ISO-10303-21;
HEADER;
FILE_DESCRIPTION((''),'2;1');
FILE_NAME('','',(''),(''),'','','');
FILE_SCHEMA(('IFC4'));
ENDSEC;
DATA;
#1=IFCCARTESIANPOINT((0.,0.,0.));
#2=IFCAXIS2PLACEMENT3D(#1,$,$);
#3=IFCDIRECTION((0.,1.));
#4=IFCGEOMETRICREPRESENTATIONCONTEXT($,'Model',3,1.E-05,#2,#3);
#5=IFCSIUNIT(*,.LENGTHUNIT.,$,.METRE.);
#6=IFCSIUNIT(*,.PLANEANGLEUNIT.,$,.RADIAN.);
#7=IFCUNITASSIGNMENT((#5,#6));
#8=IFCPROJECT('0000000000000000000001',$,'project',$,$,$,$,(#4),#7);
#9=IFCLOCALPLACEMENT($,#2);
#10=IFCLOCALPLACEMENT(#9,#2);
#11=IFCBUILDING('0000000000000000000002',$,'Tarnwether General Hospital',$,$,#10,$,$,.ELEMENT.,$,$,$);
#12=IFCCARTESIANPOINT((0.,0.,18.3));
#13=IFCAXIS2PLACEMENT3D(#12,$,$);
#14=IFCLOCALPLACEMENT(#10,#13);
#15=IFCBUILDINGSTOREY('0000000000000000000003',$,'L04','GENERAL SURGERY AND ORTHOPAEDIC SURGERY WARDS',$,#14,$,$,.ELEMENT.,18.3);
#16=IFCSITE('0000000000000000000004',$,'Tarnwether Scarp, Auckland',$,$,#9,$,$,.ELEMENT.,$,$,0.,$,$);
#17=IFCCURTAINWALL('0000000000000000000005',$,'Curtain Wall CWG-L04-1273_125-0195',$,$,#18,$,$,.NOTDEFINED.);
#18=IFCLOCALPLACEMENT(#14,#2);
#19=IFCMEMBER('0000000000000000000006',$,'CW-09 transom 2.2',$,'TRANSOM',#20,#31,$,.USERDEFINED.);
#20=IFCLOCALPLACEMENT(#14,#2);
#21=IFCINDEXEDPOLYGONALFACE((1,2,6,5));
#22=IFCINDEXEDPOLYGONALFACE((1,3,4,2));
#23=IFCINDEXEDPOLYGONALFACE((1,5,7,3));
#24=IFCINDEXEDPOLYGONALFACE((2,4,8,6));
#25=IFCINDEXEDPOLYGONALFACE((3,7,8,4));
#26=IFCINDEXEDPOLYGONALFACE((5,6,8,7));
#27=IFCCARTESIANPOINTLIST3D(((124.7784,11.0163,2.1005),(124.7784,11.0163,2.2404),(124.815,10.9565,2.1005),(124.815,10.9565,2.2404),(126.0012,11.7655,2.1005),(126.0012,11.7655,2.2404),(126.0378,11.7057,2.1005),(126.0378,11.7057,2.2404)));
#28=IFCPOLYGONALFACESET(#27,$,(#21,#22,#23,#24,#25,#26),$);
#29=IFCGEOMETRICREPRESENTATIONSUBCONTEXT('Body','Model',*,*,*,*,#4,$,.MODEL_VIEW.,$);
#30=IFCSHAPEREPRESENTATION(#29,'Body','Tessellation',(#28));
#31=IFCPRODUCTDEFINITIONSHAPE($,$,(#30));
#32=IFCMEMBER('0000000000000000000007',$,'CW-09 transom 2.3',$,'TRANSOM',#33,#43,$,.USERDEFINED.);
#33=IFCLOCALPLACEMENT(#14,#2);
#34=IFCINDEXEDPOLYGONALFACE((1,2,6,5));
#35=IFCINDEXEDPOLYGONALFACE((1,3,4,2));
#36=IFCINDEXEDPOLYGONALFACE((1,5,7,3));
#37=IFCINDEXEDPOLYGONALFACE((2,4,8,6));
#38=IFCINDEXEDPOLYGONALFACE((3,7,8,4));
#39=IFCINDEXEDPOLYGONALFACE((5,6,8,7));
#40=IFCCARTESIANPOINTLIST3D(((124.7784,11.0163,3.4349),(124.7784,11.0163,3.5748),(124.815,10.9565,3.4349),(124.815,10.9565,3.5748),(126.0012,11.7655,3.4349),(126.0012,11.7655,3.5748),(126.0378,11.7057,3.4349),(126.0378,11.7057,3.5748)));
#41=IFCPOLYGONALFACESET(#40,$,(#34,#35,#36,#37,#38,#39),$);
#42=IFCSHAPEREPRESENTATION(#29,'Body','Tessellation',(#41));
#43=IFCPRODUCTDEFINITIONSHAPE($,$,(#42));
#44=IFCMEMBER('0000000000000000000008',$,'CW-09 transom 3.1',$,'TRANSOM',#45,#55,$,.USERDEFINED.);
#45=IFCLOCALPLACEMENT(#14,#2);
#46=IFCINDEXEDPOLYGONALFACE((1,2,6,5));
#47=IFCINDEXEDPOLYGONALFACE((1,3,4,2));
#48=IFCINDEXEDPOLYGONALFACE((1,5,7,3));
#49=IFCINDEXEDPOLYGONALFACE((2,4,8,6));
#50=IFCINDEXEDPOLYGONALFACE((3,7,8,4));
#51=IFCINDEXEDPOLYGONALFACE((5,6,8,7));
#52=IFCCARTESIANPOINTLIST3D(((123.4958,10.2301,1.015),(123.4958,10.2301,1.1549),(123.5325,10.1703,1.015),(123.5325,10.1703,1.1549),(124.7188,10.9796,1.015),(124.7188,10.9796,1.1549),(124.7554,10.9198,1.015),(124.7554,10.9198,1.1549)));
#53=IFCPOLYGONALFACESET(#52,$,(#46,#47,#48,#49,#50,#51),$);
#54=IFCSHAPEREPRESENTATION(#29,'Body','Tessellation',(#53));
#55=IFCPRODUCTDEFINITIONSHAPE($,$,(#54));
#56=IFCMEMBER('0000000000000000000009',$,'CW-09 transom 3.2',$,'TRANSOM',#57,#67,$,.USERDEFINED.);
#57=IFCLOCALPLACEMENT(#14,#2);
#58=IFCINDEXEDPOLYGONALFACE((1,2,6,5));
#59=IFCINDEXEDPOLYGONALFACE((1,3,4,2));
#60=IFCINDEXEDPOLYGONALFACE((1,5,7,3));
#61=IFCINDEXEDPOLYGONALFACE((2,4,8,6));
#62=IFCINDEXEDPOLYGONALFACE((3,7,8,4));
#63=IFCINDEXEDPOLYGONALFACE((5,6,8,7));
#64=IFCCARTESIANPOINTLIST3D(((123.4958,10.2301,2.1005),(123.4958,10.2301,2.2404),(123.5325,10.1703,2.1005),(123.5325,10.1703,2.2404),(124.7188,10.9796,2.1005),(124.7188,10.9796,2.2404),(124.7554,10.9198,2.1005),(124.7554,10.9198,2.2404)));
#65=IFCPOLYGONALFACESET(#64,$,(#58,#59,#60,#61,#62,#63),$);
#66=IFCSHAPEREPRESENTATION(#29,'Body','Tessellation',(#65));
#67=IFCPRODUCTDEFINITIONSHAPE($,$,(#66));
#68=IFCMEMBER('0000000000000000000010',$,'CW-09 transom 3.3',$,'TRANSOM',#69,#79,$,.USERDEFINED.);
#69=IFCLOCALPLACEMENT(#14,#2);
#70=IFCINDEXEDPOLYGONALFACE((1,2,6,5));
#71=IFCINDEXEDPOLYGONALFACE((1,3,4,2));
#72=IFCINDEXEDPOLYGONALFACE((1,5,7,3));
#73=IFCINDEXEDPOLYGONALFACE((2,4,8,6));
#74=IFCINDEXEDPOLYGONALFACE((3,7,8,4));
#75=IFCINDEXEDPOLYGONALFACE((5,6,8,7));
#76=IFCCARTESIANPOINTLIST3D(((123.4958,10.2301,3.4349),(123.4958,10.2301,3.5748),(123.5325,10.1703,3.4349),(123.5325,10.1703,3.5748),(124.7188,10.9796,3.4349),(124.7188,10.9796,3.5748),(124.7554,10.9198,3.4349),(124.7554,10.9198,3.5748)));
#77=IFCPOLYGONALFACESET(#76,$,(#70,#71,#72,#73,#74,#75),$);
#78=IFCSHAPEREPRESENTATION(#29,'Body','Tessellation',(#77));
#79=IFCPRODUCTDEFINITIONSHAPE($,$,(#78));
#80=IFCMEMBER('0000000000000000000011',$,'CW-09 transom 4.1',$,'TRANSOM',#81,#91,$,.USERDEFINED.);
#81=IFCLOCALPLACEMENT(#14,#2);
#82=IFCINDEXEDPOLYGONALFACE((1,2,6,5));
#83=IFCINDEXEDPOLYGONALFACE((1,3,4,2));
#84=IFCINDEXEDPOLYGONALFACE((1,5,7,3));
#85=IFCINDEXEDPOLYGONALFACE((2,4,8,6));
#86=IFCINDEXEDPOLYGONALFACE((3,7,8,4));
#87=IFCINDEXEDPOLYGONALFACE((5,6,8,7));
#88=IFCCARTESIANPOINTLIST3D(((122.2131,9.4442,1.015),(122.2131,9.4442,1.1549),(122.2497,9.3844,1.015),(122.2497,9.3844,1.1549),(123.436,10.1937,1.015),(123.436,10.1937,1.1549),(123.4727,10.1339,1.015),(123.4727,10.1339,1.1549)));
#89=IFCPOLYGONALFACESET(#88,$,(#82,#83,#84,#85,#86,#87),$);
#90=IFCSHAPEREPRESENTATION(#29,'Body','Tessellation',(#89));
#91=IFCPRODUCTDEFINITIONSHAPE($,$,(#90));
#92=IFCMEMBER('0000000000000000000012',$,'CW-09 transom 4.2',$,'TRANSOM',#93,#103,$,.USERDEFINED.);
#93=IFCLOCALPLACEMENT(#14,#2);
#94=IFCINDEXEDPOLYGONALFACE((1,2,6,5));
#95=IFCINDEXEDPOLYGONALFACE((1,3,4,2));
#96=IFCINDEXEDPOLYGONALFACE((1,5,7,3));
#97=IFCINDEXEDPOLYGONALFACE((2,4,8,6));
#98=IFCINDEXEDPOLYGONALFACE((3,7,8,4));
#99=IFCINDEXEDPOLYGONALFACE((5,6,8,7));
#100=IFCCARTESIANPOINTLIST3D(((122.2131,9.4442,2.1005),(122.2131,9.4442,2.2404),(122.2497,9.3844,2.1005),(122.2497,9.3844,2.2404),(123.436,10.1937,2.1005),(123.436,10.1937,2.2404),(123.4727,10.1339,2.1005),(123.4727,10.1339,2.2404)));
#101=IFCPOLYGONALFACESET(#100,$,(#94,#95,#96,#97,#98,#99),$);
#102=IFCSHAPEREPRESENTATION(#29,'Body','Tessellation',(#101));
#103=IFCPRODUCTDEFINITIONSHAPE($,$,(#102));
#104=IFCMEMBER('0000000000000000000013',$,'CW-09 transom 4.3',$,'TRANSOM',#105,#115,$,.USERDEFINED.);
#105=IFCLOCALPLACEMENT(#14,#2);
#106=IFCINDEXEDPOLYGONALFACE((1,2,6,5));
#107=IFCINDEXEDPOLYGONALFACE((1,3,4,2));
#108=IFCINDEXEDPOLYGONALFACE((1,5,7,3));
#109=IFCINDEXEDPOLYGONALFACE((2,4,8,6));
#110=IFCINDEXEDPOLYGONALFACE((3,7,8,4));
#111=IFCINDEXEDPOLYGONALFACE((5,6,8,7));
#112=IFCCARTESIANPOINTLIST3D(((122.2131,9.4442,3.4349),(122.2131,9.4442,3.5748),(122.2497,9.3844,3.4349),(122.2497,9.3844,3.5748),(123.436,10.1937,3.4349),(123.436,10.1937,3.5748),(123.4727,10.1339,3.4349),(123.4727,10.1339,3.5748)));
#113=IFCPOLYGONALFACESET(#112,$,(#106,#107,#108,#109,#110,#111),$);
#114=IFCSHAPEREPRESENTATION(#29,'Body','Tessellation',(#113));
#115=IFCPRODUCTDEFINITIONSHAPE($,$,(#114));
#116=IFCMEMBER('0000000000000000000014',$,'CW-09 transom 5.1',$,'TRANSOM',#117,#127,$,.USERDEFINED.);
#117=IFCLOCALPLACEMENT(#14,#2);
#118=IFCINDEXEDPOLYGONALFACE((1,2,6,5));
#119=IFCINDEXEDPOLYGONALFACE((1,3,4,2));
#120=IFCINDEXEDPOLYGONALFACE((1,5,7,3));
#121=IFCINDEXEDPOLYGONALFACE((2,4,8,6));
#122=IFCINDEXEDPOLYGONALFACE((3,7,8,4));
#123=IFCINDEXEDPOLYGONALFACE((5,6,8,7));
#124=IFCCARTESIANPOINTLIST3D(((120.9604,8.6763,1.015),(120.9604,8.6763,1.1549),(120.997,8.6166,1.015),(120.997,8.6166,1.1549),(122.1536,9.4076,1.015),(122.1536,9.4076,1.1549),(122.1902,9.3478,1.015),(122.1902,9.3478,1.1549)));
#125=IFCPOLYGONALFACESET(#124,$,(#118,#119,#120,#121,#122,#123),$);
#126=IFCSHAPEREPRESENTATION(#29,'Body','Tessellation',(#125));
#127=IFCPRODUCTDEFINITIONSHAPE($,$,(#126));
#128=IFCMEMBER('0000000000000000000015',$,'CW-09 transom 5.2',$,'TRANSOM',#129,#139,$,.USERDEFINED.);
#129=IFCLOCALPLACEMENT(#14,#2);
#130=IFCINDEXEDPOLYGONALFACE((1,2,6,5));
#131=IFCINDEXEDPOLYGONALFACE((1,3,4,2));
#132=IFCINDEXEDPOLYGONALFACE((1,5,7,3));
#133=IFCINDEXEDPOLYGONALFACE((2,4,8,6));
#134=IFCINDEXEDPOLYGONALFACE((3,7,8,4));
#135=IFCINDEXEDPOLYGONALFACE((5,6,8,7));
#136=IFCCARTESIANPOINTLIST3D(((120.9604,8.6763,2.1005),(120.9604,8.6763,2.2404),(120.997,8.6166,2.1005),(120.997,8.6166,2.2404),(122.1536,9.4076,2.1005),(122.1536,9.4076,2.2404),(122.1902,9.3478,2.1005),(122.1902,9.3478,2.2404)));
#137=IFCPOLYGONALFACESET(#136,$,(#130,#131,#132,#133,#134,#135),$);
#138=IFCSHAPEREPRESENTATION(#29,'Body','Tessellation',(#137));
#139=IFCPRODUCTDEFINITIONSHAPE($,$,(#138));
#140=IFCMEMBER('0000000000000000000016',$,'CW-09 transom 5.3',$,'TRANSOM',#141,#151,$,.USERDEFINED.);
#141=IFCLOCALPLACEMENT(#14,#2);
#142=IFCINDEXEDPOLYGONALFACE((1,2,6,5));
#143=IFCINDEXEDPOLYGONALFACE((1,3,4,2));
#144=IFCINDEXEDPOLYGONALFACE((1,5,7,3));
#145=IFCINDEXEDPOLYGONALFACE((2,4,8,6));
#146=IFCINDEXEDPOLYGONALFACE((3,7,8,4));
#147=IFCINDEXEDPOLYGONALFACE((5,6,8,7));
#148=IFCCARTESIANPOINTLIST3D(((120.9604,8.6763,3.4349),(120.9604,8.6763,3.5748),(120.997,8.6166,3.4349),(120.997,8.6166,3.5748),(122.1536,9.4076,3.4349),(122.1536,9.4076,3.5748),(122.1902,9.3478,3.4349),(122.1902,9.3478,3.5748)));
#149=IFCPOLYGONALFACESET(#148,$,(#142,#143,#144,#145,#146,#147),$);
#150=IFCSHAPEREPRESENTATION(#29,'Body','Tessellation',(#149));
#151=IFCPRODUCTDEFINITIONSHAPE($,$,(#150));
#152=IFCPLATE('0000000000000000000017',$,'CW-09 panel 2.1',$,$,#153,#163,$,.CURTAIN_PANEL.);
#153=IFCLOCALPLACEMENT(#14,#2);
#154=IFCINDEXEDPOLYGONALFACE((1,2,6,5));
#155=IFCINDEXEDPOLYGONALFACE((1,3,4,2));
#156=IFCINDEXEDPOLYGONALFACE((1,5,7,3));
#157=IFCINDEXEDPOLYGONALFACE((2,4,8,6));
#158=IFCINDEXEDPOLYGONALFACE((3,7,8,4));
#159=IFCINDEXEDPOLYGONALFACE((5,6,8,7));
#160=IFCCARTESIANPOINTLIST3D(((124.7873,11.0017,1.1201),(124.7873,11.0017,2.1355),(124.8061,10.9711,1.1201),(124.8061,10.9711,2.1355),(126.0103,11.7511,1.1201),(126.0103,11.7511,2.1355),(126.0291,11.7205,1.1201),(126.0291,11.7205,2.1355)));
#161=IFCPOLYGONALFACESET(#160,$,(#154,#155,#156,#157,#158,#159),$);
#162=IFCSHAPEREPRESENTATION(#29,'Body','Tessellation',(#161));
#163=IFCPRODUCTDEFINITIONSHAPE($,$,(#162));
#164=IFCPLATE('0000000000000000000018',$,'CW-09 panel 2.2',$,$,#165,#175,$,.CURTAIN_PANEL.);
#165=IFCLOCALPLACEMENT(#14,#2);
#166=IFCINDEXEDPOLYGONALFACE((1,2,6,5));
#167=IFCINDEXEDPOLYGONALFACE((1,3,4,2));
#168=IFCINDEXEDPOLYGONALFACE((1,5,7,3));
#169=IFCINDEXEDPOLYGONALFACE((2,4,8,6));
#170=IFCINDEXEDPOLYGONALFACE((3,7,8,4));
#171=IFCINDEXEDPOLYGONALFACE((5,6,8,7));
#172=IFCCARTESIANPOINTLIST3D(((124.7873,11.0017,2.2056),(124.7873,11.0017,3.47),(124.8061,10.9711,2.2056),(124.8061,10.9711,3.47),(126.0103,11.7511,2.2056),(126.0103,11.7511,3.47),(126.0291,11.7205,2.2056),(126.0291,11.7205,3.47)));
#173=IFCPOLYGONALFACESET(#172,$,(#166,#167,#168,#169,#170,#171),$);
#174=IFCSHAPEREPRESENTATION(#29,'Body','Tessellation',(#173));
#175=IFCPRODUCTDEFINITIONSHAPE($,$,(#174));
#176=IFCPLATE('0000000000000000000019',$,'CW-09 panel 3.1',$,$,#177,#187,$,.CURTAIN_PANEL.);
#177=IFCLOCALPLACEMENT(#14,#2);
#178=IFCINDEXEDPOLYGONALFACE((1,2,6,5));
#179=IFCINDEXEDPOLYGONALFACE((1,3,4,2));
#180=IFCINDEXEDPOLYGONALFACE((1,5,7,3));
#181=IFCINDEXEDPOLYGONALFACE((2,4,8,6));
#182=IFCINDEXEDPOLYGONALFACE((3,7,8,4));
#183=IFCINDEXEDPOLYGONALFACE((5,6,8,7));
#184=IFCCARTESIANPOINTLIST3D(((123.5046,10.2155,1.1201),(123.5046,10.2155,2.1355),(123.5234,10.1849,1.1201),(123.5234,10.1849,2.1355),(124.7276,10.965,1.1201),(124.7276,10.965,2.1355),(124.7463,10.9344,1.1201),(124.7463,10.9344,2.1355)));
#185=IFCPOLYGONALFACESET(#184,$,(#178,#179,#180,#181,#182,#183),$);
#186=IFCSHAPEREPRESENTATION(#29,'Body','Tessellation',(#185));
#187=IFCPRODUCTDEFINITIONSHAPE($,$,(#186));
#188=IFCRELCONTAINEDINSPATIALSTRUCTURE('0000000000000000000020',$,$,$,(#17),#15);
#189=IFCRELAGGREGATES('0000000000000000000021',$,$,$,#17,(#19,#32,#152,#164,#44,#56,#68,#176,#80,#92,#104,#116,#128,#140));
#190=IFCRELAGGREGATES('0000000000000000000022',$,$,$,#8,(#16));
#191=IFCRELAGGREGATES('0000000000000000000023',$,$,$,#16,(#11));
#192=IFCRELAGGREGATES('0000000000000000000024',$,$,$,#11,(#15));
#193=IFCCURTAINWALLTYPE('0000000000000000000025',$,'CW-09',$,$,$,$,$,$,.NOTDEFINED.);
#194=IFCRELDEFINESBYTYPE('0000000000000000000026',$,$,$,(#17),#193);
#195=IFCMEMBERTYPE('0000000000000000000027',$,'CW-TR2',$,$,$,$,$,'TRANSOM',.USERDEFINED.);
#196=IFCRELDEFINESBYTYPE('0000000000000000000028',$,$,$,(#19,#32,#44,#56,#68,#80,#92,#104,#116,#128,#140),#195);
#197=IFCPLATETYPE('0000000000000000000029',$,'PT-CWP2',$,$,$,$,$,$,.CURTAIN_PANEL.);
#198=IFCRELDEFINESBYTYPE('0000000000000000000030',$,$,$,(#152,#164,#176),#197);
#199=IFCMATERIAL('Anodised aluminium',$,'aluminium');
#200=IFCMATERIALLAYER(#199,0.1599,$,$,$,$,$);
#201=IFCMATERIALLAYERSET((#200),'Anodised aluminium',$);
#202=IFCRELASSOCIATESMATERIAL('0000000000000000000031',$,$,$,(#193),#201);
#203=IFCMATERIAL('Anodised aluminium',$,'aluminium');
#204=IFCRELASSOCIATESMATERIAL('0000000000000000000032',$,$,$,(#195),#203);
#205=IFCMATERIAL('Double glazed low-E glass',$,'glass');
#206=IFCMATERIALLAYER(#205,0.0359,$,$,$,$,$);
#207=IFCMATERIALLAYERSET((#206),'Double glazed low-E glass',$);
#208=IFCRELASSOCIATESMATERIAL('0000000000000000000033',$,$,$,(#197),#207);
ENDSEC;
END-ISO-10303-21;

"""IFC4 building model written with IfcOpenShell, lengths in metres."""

from ifc_helpers import new_model, si_unit, direction, frame, origin, origin_2d, place, context, subcontext, project, spatial, rectangle, extrude, material, layer, layer_set, material_profile, profile_set, type_object, element, aggregate, save


model = new_model("IFC4")

# Units and contexts
model_context = context("Model", 3, precision=1e-05, world=origin(), true_north=direction((0.0, 1.0)))
body_context = subcontext(model_context, "Body", "Model", "MODEL_VIEW")
ifc_project = project(units=[si_unit("LENGTHUNIT", "METRE"), si_unit("PLANEANGLEUNIT", "RADIAN")], contexts=[model_context])

# Site, building, storey
site_placement = place(None, origin())
site = spatial("IfcSite", under=ifc_project, at=site_placement, Name="Tarnwether Scarp, Auckland", CompositionType="ELEMENT", RefElevation=0.0)
building_placement = place(site_placement, origin())
building = spatial("IfcBuilding", under=site, at=building_placement, Name="Tarnwether General Hospital", CompositionType="ELEMENT")
storey_placement = place(building_placement, frame((0.0, 0.0, 18.3)))
storey = spatial("IfcBuildingStorey", under=building, at=storey_placement, Name="L04", Description="GENERAL SURGERY AND ORTHOPAEDIC SURGERY WARDS", CompositionType="ELEMENT", Elevation=18.3)

# Curtain wall, members, plates
ifc_material_1 = material(Name="Anodised aluminium", Category="aluminium")
ifc_layer_1 = layer(ifc_material_1, 0.1599)
ifc_layer_set_1 = layer_set([ifc_layer_1], Name="Anodised aluminium")
curtain_wall_type = type_object("IfcCurtainWallType", Name="CW-09", PredefinedType="NOTDEFINED", material=ifc_layer_set_1)
curtain_wall_placement = place(storey_placement, origin())
curtain_wall = element("IfcCurtainWall", 1, at=curtain_wall_placement, inside=storey, type_object=curtain_wall_type, Name="Curtain Wall CWG-L04-1273_125-0195", PredefinedType="NOTDEFINED")
ifc_material_2 = material(Name="Anodised aluminium", Category="aluminium")
ifc_material_profile_1 = material_profile(ifc_material_2, rectangle(XDim=0.0701, YDim=0.1399, at=origin_2d()), Name="ALU-TRN-70x140")
ifc_profile_set_1 = profile_set([ifc_material_profile_1], Name="Anodised aluminium")
member_type_1 = type_object("IfcMemberType", Name="CW-TR2", ElementType="TRANSOM", PredefinedType="USERDEFINED", material=ifc_profile_set_1)
member_1_placement = place(storey_placement, frame((126.0195, 11.7356, 2.1704), z_axis=(-0.85268, -0.522434, 0.0), x_axis=(0.522434, -0.85268, 0.0)))
member_1 = element("IfcMember", 2, at=member_1_placement, type_object=member_type_1, Name="CW-09 transom 2.2", ObjectType="TRANSOM", PredefinedType="USERDEFINED", context=body_context, shape_type="SweptSolid", body=[
    extrude(rectangle(XDim=0.0701, YDim=0.1399, at=origin_2d()), origin(), (0.0, 0.0, 1.0), 1.4341),
])
member_2_placement = place(storey_placement, frame((126.0195, 11.7356, 3.5049), z_axis=(-0.85268, -0.522434, 0.0), x_axis=(0.522434, -0.85268, 0.0)))
member_2 = element("IfcMember", 3, at=member_2_placement, type_object=member_type_1, Name="CW-09 transom 2.3", ObjectType="TRANSOM", PredefinedType="USERDEFINED", context=body_context, shape_type="SweptSolid", body=[
    extrude(rectangle(XDim=0.0701, YDim=0.1399, at=origin_2d()), origin(), (0.0, 0.0, 1.0), 1.4341),
])
member_3_placement = place(storey_placement, frame((124.7371, 10.9497, 1.085), z_axis=(-0.852604, -0.522558, 0.0), x_axis=(0.522558, -0.852604, 0.0)))
member_3 = element("IfcMember", 4, at=member_3_placement, type_object=member_type_1, Name="CW-09 transom 3.1", ObjectType="TRANSOM", PredefinedType="USERDEFINED", context=body_context, shape_type="SweptSolid", body=[
    extrude(rectangle(XDim=0.0701, YDim=0.1399, at=origin_2d()), origin(), (0.0, 0.0, 1.0), 1.4343),
])
member_4_placement = place(storey_placement, frame((124.7371, 10.9497, 2.1704), z_axis=(-0.852604, -0.522558, 0.0), x_axis=(0.522558, -0.852604, 0.0)))
member_4 = element("IfcMember", 5, at=member_4_placement, type_object=member_type_1, Name="CW-09 transom 3.2", ObjectType="TRANSOM", PredefinedType="USERDEFINED", context=body_context, shape_type="SweptSolid", body=[
    extrude(rectangle(XDim=0.0701, YDim=0.1399, at=origin_2d()), origin(), (0.0, 0.0, 1.0), 1.4343),
])
member_5_placement = place(storey_placement, frame((124.7371, 10.9497, 3.5049), z_axis=(-0.852604, -0.522558, 0.0), x_axis=(0.522558, -0.852604, 0.0)))
member_5 = element("IfcMember", 6, at=member_5_placement, type_object=member_type_1, Name="CW-09 transom 3.3", ObjectType="TRANSOM", PredefinedType="USERDEFINED", context=body_context, shape_type="SweptSolid", body=[
    extrude(rectangle(XDim=0.0701, YDim=0.1399, at=origin_2d()), origin(), (0.0, 0.0, 1.0), 1.4343),
])
member_6_placement = place(storey_placement, frame((123.4543, 10.1638, 1.085), z_axis=(-0.852604, -0.522558, 0.0), x_axis=(0.522558, -0.852604, 0.0)))
member_6 = element("IfcMember", 7, at=member_6_placement, type_object=member_type_1, Name="CW-09 transom 4.1", ObjectType="TRANSOM", PredefinedType="USERDEFINED", context=body_context, shape_type="SweptSolid", body=[
    extrude(rectangle(XDim=0.0701, YDim=0.1399, at=origin_2d()), origin(), (0.0, 0.0, 1.0), 1.4343),
])
member_7_placement = place(storey_placement, frame((123.4543, 10.1638, 2.1704), z_axis=(-0.852604, -0.522558, 0.0), x_axis=(0.522558, -0.852604, 0.0)))
member_7 = element("IfcMember", 8, at=member_7_placement, type_object=member_type_1, Name="CW-09 transom 4.2", ObjectType="TRANSOM", PredefinedType="USERDEFINED", context=body_context, shape_type="SweptSolid", body=[
    extrude(rectangle(XDim=0.0701, YDim=0.1399, at=origin_2d()), origin(), (0.0, 0.0, 1.0), 1.4343),
])
member_8_placement = place(storey_placement, frame((123.4543, 10.1638, 3.5049), z_axis=(-0.852604, -0.522558, 0.0), x_axis=(0.522558, -0.852604, 0.0)))
member_8 = element("IfcMember", 9, at=member_8_placement, type_object=member_type_1, Name="CW-09 transom 4.3", ObjectType="TRANSOM", PredefinedType="USERDEFINED", context=body_context, shape_type="SweptSolid", body=[
    extrude(rectangle(XDim=0.0701, YDim=0.1399, at=origin_2d()), origin(), (0.0, 0.0, 1.0), 1.4343),
])
member_9_placement = place(storey_placement, frame((122.1719, 9.3777, 1.085), z_axis=(-0.852621, -0.522529, 0.0), x_axis=(0.522529, -0.852621, 0.0)))
member_9 = element("IfcMember", 10, at=member_9_placement, type_object=member_type_1, Name="CW-09 transom 5.1", ObjectType="TRANSOM", PredefinedType="USERDEFINED", context=body_context, shape_type="SweptSolid", body=[
    extrude(rectangle(XDim=0.0701, YDim=0.1399, at=origin_2d()), origin(), (0.0, 0.0, 1.0), 1.3994),
])
member_10_placement = place(storey_placement, frame((122.1719, 9.3777, 2.1704), z_axis=(-0.852621, -0.522529, 0.0), x_axis=(0.522529, -0.852621, 0.0)))
member_10 = element("IfcMember", 11, at=member_10_placement, type_object=member_type_1, Name="CW-09 transom 5.2", ObjectType="TRANSOM", PredefinedType="USERDEFINED", context=body_context, shape_type="SweptSolid", body=[
    extrude(rectangle(XDim=0.0701, YDim=0.1399, at=origin_2d()), origin(), (0.0, 0.0, 1.0), 1.3994),
])
member_11_placement = place(storey_placement, frame((122.1719, 9.3777, 3.5049), z_axis=(-0.852621, -0.522529, 0.0), x_axis=(0.522529, -0.852621, 0.0)))
member_11 = element("IfcMember", 12, at=member_11_placement, type_object=member_type_1, Name="CW-09 transom 5.3", ObjectType="TRANSOM", PredefinedType="USERDEFINED", context=body_context, shape_type="SweptSolid", body=[
    extrude(rectangle(XDim=0.0701, YDim=0.1399, at=origin_2d()), origin(), (0.0, 0.0, 1.0), 1.3994),
])
ifc_material_3 = material(Name="Double glazed low-E glass", Category="glass")
ifc_layer_2 = layer(ifc_material_3, 0.0359)
ifc_layer_set_2 = layer_set([ifc_layer_2], Name="Double glazed low-E glass")
plate_type_1 = type_object("IfcPlateType", Name="PT-CWP2", PredefinedType="CURTAIN_PANEL", material=ifc_layer_set_2)
plate_1_placement = place(storey_placement, frame((125.4082, 11.3611, 1.1201), z_axis=(0.0, 0.0, 1.0), x_axis=(-0.852634, -0.522509, 0.0)))
plate_1 = element("IfcPlate", 13, at=plate_1_placement, type_object=plate_type_1, Name="CW-09 panel 2.1", PredefinedType="CURTAIN_PANEL", context=body_context, shape_type="SweptSolid", body=[
    extrude(rectangle(XDim=1.4343, YDim=0.0359, at=origin_2d()), origin(), (0.0, 0.0, 1.0), 1.0154),
])
plate_2_placement = place(storey_placement, frame((125.4082, 11.3611, 2.2056), z_axis=(0.0, 0.0, 1.0), x_axis=(-0.852634, -0.522509, 0.0)))
plate_2 = element("IfcPlate", 14, at=plate_2_placement, type_object=plate_type_1, Name="CW-09 panel 2.2", PredefinedType="CURTAIN_PANEL", context=body_context, shape_type="SweptSolid", body=[
    extrude(rectangle(XDim=1.4343, YDim=0.0359, at=origin_2d()), origin(), (0.0, 0.0, 1.0), 1.2644),
])
plate_3_placement = place(storey_placement, frame((124.1255, 10.575, 1.1201), z_axis=(0.0, 0.0, 1.0), x_axis=(-0.852634, -0.522509, 0.0)))
plate_3 = element("IfcPlate", 15, at=plate_3_placement, type_object=plate_type_1, Name="CW-09 panel 3.1", PredefinedType="CURTAIN_PANEL", context=body_context, shape_type="SweptSolid", body=[
    extrude(rectangle(XDim=1.4343, YDim=0.0359, at=origin_2d()), origin(), (0.0, 0.0, 1.0), 1.0154),
])
aggregate(curtain_wall, [member_1, member_2, plate_1, plate_2, member_3, member_4, member_5, plate_3, member_6, member_7, member_8, member_9, member_10, member_11])

save(model, "model.ifc")
